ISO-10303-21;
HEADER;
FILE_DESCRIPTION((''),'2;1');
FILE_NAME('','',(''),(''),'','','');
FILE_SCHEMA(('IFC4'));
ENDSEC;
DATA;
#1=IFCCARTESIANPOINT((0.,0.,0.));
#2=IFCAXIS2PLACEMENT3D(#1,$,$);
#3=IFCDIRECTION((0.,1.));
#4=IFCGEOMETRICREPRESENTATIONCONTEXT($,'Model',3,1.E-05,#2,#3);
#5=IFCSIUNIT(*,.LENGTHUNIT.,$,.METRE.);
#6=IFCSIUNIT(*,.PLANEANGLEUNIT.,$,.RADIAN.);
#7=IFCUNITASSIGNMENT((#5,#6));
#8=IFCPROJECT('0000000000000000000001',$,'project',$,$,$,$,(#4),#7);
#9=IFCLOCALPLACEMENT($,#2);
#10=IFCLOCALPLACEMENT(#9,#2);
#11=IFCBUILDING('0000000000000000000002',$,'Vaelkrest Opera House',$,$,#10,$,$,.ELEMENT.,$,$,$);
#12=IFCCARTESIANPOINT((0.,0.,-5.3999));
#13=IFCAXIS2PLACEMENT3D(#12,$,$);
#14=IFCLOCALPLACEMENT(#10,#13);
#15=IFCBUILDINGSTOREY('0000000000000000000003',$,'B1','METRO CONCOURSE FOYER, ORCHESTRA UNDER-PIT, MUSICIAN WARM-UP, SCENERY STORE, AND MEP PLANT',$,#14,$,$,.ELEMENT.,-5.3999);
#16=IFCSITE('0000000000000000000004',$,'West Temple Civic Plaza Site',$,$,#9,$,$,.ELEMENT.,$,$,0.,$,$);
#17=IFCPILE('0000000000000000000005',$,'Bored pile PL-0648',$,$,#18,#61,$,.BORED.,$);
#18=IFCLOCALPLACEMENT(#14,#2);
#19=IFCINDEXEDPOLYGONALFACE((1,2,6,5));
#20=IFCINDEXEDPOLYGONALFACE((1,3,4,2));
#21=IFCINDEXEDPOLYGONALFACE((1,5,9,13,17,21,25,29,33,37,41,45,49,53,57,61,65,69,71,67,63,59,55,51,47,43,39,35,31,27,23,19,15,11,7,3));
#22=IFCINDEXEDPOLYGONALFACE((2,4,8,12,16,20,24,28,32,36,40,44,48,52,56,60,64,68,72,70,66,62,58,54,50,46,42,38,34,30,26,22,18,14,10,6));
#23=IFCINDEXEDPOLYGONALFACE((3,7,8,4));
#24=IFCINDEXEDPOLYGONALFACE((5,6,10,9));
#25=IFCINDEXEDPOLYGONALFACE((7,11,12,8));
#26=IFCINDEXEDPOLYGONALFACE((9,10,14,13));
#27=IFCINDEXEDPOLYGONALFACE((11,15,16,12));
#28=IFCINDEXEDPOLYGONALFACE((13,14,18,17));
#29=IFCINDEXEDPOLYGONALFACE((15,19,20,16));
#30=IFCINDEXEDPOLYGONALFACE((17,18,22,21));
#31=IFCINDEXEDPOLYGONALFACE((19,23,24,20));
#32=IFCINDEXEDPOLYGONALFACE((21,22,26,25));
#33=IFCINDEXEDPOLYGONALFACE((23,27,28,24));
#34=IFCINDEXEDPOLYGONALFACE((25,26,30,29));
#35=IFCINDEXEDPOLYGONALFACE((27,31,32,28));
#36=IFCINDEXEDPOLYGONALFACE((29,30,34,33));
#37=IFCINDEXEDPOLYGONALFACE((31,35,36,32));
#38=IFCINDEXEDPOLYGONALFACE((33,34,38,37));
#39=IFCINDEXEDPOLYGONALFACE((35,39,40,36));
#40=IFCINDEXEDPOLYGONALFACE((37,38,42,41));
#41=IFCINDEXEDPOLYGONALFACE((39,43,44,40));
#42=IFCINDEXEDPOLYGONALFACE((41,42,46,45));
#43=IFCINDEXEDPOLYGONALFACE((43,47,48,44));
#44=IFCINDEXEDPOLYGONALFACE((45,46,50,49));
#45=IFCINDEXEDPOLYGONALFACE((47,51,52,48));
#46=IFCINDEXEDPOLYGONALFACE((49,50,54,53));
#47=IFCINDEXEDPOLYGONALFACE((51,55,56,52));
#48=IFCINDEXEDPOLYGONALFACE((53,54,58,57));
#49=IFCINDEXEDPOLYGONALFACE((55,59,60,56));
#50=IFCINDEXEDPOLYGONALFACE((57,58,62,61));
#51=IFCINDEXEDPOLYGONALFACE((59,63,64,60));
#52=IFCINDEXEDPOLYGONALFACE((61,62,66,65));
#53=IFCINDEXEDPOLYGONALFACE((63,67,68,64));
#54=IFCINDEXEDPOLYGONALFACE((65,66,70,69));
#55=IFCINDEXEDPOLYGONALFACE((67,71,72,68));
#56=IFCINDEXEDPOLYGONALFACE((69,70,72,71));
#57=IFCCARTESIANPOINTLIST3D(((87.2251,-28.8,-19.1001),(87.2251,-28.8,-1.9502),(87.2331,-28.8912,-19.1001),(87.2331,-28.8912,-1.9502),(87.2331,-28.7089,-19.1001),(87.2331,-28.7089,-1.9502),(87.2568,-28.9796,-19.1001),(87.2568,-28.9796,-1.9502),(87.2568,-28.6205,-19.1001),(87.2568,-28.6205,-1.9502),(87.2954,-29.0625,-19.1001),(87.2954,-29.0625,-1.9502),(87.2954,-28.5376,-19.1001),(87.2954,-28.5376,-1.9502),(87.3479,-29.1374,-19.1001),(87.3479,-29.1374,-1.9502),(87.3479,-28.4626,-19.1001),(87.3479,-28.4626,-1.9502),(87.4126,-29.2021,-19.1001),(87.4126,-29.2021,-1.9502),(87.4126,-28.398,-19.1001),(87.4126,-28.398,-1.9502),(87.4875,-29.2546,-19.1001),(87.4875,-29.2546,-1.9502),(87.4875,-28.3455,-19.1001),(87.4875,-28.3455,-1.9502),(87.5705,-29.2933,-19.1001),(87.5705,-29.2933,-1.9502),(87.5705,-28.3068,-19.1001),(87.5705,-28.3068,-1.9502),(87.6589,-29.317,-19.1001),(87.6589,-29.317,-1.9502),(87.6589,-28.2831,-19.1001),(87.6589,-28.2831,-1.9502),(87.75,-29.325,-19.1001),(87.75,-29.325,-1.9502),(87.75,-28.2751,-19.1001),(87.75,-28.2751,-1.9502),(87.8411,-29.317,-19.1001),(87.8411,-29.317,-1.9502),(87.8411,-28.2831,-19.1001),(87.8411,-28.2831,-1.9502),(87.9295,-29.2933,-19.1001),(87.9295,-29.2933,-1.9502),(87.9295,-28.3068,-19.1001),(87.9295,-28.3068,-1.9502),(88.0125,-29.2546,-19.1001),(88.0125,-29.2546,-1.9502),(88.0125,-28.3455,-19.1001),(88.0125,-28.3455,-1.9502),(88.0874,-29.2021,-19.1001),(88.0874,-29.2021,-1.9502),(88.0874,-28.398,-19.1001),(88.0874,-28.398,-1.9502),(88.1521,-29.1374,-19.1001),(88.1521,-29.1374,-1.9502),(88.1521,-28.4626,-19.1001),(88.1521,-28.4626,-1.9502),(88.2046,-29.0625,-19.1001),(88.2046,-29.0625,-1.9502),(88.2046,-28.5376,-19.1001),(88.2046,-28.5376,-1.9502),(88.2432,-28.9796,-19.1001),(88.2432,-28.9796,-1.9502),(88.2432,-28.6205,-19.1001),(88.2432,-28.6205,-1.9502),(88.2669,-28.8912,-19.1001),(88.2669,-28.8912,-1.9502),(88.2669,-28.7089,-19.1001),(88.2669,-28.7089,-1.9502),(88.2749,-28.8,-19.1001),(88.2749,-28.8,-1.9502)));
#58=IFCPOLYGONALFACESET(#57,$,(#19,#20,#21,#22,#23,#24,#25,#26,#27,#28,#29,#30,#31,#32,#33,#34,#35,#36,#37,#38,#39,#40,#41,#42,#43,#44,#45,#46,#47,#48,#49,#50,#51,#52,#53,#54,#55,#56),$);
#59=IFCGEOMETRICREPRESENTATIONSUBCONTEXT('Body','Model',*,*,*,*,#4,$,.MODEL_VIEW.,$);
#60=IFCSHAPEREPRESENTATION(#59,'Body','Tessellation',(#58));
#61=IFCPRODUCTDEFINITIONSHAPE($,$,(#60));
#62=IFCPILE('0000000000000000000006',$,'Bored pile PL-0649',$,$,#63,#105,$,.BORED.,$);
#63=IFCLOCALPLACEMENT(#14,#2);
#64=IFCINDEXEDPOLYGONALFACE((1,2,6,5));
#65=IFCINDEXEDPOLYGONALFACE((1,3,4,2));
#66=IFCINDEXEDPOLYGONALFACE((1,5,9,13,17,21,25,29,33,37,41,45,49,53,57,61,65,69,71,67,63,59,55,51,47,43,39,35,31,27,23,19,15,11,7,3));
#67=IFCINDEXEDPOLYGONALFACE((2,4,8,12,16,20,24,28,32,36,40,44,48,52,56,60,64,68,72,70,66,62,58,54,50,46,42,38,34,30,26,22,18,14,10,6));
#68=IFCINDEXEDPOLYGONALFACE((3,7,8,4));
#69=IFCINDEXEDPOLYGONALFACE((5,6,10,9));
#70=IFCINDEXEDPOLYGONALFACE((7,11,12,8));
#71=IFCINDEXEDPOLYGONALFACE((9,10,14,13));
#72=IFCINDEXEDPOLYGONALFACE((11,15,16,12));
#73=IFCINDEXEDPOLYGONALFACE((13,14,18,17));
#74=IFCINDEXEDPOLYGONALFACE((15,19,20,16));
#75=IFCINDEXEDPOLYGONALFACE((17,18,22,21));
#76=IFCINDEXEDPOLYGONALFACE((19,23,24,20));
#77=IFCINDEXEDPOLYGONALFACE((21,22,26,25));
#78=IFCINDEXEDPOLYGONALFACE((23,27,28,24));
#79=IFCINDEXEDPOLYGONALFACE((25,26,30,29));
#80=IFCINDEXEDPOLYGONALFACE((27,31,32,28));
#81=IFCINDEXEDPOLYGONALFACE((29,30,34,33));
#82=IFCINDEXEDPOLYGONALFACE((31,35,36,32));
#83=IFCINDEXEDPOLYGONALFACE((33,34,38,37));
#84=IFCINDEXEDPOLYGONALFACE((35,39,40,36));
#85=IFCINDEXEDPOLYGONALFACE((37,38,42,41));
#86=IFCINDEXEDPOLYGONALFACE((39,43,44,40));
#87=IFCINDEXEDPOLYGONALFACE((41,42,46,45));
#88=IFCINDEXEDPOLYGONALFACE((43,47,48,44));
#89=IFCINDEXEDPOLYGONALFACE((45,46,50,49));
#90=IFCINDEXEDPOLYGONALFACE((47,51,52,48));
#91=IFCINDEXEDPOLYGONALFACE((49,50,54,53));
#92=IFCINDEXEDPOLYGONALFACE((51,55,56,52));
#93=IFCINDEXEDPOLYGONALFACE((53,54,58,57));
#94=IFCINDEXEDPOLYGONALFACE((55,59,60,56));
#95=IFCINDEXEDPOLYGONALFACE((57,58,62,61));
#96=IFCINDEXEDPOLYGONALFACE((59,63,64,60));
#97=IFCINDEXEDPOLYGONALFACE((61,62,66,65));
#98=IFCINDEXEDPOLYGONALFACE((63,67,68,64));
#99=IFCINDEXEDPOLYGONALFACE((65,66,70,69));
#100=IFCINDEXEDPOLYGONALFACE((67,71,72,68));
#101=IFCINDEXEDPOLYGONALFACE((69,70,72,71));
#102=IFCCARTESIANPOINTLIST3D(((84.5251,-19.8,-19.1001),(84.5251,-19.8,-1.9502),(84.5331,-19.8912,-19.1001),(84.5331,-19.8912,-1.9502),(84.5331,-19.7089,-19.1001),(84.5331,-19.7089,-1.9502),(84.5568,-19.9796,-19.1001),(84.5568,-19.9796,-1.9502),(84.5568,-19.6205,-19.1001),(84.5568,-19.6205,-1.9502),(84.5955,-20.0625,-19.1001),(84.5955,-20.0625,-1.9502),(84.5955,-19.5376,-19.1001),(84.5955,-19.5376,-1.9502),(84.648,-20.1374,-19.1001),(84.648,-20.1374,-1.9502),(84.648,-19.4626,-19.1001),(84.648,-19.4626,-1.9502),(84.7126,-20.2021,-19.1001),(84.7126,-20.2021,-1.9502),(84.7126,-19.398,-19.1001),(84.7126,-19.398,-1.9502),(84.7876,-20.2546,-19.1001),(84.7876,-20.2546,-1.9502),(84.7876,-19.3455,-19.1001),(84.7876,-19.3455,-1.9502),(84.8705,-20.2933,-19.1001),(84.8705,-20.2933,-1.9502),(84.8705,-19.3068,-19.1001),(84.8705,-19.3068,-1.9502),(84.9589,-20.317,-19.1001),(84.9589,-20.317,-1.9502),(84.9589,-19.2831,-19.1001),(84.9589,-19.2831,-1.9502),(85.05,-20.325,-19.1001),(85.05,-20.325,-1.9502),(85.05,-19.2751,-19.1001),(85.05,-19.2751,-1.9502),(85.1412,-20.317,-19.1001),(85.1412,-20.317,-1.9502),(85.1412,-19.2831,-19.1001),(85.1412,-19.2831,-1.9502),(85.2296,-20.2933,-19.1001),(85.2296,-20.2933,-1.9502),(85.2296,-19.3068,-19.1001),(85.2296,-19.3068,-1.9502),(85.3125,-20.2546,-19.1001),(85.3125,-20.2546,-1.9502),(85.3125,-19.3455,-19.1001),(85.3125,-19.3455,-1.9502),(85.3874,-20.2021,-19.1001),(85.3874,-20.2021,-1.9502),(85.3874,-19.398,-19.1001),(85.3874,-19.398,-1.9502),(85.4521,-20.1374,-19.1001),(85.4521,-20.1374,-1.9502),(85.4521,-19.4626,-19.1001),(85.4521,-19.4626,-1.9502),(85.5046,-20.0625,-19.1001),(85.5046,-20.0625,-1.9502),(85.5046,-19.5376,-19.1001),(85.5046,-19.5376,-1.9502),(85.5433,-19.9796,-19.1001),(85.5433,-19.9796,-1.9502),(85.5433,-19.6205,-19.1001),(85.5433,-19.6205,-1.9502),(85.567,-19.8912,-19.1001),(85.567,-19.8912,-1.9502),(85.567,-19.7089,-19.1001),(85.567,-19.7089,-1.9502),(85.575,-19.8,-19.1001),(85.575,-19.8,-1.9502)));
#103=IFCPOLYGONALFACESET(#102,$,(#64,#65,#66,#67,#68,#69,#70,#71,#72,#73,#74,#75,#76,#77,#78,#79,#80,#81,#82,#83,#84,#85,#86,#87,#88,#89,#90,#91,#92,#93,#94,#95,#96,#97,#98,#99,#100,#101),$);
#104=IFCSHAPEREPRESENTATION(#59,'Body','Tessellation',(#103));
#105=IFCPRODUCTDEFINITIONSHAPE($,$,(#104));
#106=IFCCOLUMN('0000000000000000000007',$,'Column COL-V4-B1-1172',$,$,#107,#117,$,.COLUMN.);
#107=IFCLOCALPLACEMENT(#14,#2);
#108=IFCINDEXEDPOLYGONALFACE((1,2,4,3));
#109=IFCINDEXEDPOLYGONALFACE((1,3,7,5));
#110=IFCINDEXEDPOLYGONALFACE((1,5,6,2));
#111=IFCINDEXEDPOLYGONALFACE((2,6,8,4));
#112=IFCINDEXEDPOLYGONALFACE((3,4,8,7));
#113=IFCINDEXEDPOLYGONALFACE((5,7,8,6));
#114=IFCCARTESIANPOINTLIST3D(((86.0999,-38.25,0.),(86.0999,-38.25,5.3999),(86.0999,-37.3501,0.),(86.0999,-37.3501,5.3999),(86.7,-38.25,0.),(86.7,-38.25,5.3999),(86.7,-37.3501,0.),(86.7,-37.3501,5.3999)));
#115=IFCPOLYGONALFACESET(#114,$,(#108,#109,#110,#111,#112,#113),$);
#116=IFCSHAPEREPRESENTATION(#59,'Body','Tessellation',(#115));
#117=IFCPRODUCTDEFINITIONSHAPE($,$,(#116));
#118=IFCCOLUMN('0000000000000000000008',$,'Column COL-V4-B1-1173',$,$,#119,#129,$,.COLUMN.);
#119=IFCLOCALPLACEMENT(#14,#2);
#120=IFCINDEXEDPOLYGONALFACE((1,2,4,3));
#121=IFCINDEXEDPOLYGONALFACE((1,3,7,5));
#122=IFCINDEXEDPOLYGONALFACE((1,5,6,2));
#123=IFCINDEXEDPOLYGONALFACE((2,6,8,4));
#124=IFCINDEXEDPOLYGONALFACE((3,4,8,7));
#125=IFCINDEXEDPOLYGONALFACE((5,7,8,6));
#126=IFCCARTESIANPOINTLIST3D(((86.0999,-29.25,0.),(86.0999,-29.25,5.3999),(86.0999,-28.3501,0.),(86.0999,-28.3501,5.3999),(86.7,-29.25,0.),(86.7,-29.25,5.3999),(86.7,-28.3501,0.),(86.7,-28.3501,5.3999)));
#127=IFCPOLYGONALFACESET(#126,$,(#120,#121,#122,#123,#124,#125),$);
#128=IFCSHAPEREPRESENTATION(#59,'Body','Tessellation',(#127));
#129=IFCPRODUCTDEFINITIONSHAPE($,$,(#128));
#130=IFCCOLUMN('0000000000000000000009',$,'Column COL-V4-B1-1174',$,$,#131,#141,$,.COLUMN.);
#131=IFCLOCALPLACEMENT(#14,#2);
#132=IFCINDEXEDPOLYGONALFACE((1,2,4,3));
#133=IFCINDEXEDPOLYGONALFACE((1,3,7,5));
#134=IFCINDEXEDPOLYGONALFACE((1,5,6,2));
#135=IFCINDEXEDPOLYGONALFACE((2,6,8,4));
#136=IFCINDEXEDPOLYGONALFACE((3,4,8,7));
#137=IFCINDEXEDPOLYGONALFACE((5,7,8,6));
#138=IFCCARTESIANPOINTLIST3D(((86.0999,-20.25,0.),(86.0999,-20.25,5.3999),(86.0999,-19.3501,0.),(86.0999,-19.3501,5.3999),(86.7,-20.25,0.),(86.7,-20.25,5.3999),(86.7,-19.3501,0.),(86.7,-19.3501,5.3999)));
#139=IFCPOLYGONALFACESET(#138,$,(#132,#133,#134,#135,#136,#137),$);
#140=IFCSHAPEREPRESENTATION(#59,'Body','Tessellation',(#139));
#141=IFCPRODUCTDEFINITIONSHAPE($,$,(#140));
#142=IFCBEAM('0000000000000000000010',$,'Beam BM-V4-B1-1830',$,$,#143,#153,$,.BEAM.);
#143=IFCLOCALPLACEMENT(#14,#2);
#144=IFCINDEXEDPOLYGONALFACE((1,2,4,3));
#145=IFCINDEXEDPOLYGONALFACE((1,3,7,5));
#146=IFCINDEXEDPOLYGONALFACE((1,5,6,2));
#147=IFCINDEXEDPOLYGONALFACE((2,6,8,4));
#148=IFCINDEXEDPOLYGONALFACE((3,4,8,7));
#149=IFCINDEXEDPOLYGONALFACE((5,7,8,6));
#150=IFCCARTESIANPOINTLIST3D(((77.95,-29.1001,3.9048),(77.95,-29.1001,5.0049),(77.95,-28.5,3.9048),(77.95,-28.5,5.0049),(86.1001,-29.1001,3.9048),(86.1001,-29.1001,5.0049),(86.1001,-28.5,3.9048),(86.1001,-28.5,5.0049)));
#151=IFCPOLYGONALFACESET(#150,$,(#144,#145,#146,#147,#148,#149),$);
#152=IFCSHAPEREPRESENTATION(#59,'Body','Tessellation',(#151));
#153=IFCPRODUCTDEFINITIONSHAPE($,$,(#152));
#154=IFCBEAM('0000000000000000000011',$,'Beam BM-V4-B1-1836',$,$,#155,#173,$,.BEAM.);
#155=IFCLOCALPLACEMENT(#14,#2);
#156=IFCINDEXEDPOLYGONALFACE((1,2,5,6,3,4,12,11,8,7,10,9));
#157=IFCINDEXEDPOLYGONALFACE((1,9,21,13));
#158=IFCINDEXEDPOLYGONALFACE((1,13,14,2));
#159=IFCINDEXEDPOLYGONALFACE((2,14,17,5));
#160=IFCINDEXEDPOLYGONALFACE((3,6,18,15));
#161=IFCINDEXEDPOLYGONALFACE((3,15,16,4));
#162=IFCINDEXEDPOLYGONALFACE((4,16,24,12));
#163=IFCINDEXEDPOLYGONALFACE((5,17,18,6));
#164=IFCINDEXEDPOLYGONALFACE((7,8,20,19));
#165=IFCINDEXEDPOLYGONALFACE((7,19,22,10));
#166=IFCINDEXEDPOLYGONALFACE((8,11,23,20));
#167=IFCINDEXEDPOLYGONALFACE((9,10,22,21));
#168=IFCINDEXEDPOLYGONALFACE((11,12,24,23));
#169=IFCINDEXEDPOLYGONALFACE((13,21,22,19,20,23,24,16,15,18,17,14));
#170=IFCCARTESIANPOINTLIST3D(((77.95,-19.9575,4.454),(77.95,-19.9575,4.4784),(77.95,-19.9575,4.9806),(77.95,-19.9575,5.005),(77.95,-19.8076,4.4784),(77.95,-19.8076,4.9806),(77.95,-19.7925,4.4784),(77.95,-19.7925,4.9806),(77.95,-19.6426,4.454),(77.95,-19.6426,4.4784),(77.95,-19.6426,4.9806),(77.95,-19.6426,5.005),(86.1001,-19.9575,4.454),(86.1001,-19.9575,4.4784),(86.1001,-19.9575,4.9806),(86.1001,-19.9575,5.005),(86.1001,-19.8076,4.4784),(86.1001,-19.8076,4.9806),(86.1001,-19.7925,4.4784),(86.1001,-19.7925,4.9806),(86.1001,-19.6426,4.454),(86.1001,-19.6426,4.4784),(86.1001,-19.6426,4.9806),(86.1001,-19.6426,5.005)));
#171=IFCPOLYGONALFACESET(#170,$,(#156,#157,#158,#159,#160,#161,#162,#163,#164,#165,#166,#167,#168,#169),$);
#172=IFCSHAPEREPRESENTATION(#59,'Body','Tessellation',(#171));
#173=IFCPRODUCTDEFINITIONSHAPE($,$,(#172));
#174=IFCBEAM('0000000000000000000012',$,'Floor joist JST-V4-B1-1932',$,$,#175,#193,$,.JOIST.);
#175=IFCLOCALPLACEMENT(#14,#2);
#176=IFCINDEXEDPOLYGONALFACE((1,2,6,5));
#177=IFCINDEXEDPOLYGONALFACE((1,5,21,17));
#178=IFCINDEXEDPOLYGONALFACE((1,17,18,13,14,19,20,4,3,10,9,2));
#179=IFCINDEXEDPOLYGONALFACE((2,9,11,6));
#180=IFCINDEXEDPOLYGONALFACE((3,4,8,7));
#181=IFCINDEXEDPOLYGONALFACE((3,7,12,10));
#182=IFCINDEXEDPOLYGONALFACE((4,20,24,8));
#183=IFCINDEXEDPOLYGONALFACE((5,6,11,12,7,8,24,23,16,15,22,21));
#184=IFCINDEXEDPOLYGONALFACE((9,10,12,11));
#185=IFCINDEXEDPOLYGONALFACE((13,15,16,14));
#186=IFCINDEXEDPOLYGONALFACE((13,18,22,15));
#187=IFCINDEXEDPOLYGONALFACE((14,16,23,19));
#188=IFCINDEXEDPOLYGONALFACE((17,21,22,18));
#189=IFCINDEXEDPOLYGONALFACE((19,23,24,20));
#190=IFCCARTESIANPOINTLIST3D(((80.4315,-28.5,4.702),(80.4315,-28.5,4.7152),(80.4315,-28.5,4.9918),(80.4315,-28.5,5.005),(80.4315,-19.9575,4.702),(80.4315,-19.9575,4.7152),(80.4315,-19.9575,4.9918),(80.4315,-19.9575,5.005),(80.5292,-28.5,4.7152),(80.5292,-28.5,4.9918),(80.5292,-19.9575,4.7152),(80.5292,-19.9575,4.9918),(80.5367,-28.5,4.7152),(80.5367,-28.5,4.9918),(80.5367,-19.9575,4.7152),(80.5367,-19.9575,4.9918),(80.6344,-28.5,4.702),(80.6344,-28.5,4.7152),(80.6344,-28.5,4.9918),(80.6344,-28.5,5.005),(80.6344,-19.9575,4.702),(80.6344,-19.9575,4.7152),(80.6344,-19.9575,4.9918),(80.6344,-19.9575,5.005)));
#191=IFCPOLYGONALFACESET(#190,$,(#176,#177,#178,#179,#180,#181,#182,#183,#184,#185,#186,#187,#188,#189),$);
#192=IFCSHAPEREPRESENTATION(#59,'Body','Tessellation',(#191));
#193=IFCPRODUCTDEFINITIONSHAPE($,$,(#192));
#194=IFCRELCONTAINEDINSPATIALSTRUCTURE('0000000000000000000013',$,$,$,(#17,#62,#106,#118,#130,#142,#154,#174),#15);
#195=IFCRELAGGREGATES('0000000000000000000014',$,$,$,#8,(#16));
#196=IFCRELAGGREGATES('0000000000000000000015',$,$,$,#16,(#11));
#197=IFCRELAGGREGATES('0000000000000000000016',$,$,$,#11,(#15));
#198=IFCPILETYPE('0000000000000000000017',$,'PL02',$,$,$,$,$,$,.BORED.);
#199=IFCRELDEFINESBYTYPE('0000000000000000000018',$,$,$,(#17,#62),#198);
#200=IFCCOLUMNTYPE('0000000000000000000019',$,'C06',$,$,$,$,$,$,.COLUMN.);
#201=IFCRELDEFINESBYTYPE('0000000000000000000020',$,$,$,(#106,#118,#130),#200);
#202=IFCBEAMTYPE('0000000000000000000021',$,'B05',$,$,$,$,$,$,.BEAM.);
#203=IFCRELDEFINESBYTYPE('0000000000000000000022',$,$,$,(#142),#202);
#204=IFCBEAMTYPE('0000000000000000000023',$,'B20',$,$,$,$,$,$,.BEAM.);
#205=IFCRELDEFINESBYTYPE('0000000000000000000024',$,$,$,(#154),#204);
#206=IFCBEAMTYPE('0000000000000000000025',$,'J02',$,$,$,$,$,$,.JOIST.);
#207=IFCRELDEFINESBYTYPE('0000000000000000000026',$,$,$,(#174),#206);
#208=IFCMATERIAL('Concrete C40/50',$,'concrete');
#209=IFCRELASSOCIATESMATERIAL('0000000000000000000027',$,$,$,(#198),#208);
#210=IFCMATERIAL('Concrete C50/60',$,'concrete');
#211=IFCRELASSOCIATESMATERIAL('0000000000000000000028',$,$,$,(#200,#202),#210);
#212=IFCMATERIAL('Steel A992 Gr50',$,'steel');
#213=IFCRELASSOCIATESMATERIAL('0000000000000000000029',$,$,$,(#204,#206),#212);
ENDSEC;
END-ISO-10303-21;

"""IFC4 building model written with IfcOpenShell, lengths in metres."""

from ifc_helpers import new_model, si_unit, direction, frame, origin, origin_2d, place, context, subcontext, project, spatial, rectangle, circle, i_section, extrude, material, material_profile, profile_set, type_object, element, save


model = new_model("IFC4")

# Units and contexts
model_context = context("Model", 3, precision=1e-05, world=origin(), true_north=direction((0.0, 1.0)))
body_context = subcontext(model_context, "Body", "Model", "MODEL_VIEW")
ifc_project = project(units=[si_unit("LENGTHUNIT", "METRE"), si_unit("PLANEANGLEUNIT", "RADIAN")], contexts=[model_context])

# Site, building, storey
site_placement = place(None, origin())
site = spatial("IfcSite", under=ifc_project, at=site_placement, Name="West Temple Civic Plaza Site", CompositionType="ELEMENT", RefElevation=0.0)
building_placement = place(site_placement, origin())
building = spatial("IfcBuilding", under=site, at=building_placement, Name="Vaelkrest Opera House", CompositionType="ELEMENT")
storey_placement = place(building_placement, frame((0.0, 0.0, -5.3999)))
storey = spatial("IfcBuildingStorey", under=building, at=storey_placement, Name="B1", Description="METRO CONCOURSE FOYER, ORCHESTRA UNDER-PIT, MUSICIAN WARM-UP, SCENERY STORE, AND MEP PLANT", CompositionType="ELEMENT", Elevation=-5.3999)

# Shared definitions
ifc_material_1 = material(Name="Concrete C40/50", Category="concrete")

# Piles
ifc_material_profile_1 = material_profile(ifc_material_1, circle(Radius=0.5249, at=origin_2d()), Name="PILE1050")
ifc_profile_set_1 = profile_set([ifc_material_profile_1], Name="Concrete C40/50")
pile_type = type_object("IfcPileType", Name="PL02", PredefinedType="BORED", material=ifc_profile_set_1)
for number, where, z_axis, x_axis, name in (
    (1, (87.75, -28.8, -1.9502), (0.0, 0.0, -1.0), (1.0, 0.0, 0.0), "Bored pile PL-0648"),
    (2, (85.05, -19.8, -1.9502), (0.0, 0.0, -1.0), (1.0, 0.0, 0.0), "Bored pile PL-0649"),
):
    element("IfcPile", number, at=place(storey_placement, frame(where, z_axis=z_axis, x_axis=x_axis)), inside=storey, type_object=pile_type, Name=name, PredefinedType="BORED", context=body_context, shape_type="SweptSolid", body=[
        extrude(circle(Radius=0.5249, at=origin_2d()), origin(), (0.0, 0.0, 1.0), 17.1499),
    ])

# Columns
ifc_material_2 = material(Name="Concrete C50/60", Category="concrete")
ifc_material_profile_2 = material_profile(ifc_material_2, rectangle(XDim=0.6001, YDim=0.8999, at=origin_2d()), Name="RC600X900")
ifc_profile_set_2 = profile_set([ifc_material_profile_2], Name="Concrete C50/60")
column_type = type_object("IfcColumnType", Name="C06", PredefinedType="COLUMN", material=ifc_profile_set_2)
for number, where, z_axis, x_axis, name in (
    (3, (86.3999, -37.8, 0.0), (0.0, 0.0, 1.0), (1.0, 0.0, 0.0), "Column COL-V4-B1-1172"),
    (4, (86.3999, -28.8, 0.0), (0.0, 0.0, 1.0), (1.0, 0.0, 0.0), "Column COL-V4-B1-1173"),
    (5, (86.3999, -19.8, 0.0), (0.0, 0.0, 1.0), (1.0, 0.0, 0.0), "Column COL-V4-B1-1174"),
):
    element("IfcColumn", number, at=place(storey_placement, frame(where, z_axis=z_axis, x_axis=x_axis)), inside=storey, type_object=column_type, Name=name, PredefinedType="COLUMN", context=body_context, shape_type="SweptSolid", body=[
        extrude(rectangle(XDim=0.6001, YDim=0.8999, at=origin_2d()), origin(), (0.0, 0.0, 1.0), 5.3999),
    ])

# Beams
ifc_material_profile_3 = material_profile(ifc_material_2, rectangle(XDim=0.6001, YDim=1.1001, at=origin_2d()), Name="RCB600X1100")
ifc_profile_set_3 = profile_set([ifc_material_profile_3], Name="Concrete C50/60")
beam_type_1 = type_object("IfcBeamType", Name="B05", PredefinedType="BEAM", material=ifc_profile_set_3)
beam_1_placement = place(storey_placement, frame((77.95, -28.8, 4.4548), z_axis=(1.0, 0.0, 0.0), x_axis=(0.0, 1.0, 0.0)))
element("IfcBeam", 6, at=beam_1_placement, inside=storey, type_object=beam_type_1, Name="Beam BM-V4-B1-1830", PredefinedType="BEAM", context=body_context, shape_type="SweptSolid", body=[
    extrude(rectangle(XDim=0.6001, YDim=1.1001, at=origin_2d()), origin(), (0.0, 0.0, 1.0), 8.1501),
])
ifc_material_3 = material(Name="Steel A992 Gr50", Category="steel")
ifc_material_profile_4 = material_profile(ifc_material_3, i_section(OverallWidth=0.3149, OverallDepth=0.551, WebThickness=0.0151, FlangeThickness=0.0244, at=origin_2d()), Name="W21X122")
ifc_profile_set_4 = profile_set([ifc_material_profile_4], Name="Steel A992 Gr50")
beam_type_2 = type_object("IfcBeamType", Name="B20", PredefinedType="BEAM", material=ifc_profile_set_4)
beam_2_placement = place(storey_placement, frame((77.95, -19.8, 4.7295), z_axis=(1.0, 0.0, 0.0), x_axis=(0.0, 1.0, 0.0)))
element("IfcBeam", 7, at=beam_2_placement, inside=storey, type_object=beam_type_2, Name="Beam BM-V4-B1-1836", PredefinedType="BEAM", context=body_context, shape_type="SweptSolid", body=[
    extrude(i_section(OverallWidth=0.3149, OverallDepth=0.551, WebThickness=0.0151, FlangeThickness=0.0244, at=origin_2d()), origin(), (0.0, 0.0, 1.0), 8.1501),
])
ifc_material_profile_5 = material_profile(ifc_material_3, i_section(OverallWidth=0.2029, OverallDepth=0.303, WebThickness=0.0076, FlangeThickness=0.0132, at=origin_2d()), Name="W12X40")
ifc_profile_set_5 = profile_set([ifc_material_profile_5], Name="Steel A992 Gr50")
beam_type_3 = type_object("IfcBeamType", Name="J02", PredefinedType="JOIST", material=ifc_profile_set_5)
beam_3_placement = place(storey_placement, frame((80.533, -28.5, 4.8535), z_axis=(0.0, 1.0, 0.0), x_axis=(-1.0, 0.0, 0.0)))
element("IfcBeam", 8, at=beam_3_placement, inside=storey, type_object=beam_type_3, Name="Floor joist JST-V4-B1-1932", PredefinedType="JOIST", context=body_context, shape_type="SweptSolid", body=[
    extrude(i_section(OverallWidth=0.2029, OverallDepth=0.303, WebThickness=0.0076, FlangeThickness=0.0132, at=origin_2d()), origin(), (0.0, 0.0, 1.0), 8.5425),
])

save(model, "model.ifc")
